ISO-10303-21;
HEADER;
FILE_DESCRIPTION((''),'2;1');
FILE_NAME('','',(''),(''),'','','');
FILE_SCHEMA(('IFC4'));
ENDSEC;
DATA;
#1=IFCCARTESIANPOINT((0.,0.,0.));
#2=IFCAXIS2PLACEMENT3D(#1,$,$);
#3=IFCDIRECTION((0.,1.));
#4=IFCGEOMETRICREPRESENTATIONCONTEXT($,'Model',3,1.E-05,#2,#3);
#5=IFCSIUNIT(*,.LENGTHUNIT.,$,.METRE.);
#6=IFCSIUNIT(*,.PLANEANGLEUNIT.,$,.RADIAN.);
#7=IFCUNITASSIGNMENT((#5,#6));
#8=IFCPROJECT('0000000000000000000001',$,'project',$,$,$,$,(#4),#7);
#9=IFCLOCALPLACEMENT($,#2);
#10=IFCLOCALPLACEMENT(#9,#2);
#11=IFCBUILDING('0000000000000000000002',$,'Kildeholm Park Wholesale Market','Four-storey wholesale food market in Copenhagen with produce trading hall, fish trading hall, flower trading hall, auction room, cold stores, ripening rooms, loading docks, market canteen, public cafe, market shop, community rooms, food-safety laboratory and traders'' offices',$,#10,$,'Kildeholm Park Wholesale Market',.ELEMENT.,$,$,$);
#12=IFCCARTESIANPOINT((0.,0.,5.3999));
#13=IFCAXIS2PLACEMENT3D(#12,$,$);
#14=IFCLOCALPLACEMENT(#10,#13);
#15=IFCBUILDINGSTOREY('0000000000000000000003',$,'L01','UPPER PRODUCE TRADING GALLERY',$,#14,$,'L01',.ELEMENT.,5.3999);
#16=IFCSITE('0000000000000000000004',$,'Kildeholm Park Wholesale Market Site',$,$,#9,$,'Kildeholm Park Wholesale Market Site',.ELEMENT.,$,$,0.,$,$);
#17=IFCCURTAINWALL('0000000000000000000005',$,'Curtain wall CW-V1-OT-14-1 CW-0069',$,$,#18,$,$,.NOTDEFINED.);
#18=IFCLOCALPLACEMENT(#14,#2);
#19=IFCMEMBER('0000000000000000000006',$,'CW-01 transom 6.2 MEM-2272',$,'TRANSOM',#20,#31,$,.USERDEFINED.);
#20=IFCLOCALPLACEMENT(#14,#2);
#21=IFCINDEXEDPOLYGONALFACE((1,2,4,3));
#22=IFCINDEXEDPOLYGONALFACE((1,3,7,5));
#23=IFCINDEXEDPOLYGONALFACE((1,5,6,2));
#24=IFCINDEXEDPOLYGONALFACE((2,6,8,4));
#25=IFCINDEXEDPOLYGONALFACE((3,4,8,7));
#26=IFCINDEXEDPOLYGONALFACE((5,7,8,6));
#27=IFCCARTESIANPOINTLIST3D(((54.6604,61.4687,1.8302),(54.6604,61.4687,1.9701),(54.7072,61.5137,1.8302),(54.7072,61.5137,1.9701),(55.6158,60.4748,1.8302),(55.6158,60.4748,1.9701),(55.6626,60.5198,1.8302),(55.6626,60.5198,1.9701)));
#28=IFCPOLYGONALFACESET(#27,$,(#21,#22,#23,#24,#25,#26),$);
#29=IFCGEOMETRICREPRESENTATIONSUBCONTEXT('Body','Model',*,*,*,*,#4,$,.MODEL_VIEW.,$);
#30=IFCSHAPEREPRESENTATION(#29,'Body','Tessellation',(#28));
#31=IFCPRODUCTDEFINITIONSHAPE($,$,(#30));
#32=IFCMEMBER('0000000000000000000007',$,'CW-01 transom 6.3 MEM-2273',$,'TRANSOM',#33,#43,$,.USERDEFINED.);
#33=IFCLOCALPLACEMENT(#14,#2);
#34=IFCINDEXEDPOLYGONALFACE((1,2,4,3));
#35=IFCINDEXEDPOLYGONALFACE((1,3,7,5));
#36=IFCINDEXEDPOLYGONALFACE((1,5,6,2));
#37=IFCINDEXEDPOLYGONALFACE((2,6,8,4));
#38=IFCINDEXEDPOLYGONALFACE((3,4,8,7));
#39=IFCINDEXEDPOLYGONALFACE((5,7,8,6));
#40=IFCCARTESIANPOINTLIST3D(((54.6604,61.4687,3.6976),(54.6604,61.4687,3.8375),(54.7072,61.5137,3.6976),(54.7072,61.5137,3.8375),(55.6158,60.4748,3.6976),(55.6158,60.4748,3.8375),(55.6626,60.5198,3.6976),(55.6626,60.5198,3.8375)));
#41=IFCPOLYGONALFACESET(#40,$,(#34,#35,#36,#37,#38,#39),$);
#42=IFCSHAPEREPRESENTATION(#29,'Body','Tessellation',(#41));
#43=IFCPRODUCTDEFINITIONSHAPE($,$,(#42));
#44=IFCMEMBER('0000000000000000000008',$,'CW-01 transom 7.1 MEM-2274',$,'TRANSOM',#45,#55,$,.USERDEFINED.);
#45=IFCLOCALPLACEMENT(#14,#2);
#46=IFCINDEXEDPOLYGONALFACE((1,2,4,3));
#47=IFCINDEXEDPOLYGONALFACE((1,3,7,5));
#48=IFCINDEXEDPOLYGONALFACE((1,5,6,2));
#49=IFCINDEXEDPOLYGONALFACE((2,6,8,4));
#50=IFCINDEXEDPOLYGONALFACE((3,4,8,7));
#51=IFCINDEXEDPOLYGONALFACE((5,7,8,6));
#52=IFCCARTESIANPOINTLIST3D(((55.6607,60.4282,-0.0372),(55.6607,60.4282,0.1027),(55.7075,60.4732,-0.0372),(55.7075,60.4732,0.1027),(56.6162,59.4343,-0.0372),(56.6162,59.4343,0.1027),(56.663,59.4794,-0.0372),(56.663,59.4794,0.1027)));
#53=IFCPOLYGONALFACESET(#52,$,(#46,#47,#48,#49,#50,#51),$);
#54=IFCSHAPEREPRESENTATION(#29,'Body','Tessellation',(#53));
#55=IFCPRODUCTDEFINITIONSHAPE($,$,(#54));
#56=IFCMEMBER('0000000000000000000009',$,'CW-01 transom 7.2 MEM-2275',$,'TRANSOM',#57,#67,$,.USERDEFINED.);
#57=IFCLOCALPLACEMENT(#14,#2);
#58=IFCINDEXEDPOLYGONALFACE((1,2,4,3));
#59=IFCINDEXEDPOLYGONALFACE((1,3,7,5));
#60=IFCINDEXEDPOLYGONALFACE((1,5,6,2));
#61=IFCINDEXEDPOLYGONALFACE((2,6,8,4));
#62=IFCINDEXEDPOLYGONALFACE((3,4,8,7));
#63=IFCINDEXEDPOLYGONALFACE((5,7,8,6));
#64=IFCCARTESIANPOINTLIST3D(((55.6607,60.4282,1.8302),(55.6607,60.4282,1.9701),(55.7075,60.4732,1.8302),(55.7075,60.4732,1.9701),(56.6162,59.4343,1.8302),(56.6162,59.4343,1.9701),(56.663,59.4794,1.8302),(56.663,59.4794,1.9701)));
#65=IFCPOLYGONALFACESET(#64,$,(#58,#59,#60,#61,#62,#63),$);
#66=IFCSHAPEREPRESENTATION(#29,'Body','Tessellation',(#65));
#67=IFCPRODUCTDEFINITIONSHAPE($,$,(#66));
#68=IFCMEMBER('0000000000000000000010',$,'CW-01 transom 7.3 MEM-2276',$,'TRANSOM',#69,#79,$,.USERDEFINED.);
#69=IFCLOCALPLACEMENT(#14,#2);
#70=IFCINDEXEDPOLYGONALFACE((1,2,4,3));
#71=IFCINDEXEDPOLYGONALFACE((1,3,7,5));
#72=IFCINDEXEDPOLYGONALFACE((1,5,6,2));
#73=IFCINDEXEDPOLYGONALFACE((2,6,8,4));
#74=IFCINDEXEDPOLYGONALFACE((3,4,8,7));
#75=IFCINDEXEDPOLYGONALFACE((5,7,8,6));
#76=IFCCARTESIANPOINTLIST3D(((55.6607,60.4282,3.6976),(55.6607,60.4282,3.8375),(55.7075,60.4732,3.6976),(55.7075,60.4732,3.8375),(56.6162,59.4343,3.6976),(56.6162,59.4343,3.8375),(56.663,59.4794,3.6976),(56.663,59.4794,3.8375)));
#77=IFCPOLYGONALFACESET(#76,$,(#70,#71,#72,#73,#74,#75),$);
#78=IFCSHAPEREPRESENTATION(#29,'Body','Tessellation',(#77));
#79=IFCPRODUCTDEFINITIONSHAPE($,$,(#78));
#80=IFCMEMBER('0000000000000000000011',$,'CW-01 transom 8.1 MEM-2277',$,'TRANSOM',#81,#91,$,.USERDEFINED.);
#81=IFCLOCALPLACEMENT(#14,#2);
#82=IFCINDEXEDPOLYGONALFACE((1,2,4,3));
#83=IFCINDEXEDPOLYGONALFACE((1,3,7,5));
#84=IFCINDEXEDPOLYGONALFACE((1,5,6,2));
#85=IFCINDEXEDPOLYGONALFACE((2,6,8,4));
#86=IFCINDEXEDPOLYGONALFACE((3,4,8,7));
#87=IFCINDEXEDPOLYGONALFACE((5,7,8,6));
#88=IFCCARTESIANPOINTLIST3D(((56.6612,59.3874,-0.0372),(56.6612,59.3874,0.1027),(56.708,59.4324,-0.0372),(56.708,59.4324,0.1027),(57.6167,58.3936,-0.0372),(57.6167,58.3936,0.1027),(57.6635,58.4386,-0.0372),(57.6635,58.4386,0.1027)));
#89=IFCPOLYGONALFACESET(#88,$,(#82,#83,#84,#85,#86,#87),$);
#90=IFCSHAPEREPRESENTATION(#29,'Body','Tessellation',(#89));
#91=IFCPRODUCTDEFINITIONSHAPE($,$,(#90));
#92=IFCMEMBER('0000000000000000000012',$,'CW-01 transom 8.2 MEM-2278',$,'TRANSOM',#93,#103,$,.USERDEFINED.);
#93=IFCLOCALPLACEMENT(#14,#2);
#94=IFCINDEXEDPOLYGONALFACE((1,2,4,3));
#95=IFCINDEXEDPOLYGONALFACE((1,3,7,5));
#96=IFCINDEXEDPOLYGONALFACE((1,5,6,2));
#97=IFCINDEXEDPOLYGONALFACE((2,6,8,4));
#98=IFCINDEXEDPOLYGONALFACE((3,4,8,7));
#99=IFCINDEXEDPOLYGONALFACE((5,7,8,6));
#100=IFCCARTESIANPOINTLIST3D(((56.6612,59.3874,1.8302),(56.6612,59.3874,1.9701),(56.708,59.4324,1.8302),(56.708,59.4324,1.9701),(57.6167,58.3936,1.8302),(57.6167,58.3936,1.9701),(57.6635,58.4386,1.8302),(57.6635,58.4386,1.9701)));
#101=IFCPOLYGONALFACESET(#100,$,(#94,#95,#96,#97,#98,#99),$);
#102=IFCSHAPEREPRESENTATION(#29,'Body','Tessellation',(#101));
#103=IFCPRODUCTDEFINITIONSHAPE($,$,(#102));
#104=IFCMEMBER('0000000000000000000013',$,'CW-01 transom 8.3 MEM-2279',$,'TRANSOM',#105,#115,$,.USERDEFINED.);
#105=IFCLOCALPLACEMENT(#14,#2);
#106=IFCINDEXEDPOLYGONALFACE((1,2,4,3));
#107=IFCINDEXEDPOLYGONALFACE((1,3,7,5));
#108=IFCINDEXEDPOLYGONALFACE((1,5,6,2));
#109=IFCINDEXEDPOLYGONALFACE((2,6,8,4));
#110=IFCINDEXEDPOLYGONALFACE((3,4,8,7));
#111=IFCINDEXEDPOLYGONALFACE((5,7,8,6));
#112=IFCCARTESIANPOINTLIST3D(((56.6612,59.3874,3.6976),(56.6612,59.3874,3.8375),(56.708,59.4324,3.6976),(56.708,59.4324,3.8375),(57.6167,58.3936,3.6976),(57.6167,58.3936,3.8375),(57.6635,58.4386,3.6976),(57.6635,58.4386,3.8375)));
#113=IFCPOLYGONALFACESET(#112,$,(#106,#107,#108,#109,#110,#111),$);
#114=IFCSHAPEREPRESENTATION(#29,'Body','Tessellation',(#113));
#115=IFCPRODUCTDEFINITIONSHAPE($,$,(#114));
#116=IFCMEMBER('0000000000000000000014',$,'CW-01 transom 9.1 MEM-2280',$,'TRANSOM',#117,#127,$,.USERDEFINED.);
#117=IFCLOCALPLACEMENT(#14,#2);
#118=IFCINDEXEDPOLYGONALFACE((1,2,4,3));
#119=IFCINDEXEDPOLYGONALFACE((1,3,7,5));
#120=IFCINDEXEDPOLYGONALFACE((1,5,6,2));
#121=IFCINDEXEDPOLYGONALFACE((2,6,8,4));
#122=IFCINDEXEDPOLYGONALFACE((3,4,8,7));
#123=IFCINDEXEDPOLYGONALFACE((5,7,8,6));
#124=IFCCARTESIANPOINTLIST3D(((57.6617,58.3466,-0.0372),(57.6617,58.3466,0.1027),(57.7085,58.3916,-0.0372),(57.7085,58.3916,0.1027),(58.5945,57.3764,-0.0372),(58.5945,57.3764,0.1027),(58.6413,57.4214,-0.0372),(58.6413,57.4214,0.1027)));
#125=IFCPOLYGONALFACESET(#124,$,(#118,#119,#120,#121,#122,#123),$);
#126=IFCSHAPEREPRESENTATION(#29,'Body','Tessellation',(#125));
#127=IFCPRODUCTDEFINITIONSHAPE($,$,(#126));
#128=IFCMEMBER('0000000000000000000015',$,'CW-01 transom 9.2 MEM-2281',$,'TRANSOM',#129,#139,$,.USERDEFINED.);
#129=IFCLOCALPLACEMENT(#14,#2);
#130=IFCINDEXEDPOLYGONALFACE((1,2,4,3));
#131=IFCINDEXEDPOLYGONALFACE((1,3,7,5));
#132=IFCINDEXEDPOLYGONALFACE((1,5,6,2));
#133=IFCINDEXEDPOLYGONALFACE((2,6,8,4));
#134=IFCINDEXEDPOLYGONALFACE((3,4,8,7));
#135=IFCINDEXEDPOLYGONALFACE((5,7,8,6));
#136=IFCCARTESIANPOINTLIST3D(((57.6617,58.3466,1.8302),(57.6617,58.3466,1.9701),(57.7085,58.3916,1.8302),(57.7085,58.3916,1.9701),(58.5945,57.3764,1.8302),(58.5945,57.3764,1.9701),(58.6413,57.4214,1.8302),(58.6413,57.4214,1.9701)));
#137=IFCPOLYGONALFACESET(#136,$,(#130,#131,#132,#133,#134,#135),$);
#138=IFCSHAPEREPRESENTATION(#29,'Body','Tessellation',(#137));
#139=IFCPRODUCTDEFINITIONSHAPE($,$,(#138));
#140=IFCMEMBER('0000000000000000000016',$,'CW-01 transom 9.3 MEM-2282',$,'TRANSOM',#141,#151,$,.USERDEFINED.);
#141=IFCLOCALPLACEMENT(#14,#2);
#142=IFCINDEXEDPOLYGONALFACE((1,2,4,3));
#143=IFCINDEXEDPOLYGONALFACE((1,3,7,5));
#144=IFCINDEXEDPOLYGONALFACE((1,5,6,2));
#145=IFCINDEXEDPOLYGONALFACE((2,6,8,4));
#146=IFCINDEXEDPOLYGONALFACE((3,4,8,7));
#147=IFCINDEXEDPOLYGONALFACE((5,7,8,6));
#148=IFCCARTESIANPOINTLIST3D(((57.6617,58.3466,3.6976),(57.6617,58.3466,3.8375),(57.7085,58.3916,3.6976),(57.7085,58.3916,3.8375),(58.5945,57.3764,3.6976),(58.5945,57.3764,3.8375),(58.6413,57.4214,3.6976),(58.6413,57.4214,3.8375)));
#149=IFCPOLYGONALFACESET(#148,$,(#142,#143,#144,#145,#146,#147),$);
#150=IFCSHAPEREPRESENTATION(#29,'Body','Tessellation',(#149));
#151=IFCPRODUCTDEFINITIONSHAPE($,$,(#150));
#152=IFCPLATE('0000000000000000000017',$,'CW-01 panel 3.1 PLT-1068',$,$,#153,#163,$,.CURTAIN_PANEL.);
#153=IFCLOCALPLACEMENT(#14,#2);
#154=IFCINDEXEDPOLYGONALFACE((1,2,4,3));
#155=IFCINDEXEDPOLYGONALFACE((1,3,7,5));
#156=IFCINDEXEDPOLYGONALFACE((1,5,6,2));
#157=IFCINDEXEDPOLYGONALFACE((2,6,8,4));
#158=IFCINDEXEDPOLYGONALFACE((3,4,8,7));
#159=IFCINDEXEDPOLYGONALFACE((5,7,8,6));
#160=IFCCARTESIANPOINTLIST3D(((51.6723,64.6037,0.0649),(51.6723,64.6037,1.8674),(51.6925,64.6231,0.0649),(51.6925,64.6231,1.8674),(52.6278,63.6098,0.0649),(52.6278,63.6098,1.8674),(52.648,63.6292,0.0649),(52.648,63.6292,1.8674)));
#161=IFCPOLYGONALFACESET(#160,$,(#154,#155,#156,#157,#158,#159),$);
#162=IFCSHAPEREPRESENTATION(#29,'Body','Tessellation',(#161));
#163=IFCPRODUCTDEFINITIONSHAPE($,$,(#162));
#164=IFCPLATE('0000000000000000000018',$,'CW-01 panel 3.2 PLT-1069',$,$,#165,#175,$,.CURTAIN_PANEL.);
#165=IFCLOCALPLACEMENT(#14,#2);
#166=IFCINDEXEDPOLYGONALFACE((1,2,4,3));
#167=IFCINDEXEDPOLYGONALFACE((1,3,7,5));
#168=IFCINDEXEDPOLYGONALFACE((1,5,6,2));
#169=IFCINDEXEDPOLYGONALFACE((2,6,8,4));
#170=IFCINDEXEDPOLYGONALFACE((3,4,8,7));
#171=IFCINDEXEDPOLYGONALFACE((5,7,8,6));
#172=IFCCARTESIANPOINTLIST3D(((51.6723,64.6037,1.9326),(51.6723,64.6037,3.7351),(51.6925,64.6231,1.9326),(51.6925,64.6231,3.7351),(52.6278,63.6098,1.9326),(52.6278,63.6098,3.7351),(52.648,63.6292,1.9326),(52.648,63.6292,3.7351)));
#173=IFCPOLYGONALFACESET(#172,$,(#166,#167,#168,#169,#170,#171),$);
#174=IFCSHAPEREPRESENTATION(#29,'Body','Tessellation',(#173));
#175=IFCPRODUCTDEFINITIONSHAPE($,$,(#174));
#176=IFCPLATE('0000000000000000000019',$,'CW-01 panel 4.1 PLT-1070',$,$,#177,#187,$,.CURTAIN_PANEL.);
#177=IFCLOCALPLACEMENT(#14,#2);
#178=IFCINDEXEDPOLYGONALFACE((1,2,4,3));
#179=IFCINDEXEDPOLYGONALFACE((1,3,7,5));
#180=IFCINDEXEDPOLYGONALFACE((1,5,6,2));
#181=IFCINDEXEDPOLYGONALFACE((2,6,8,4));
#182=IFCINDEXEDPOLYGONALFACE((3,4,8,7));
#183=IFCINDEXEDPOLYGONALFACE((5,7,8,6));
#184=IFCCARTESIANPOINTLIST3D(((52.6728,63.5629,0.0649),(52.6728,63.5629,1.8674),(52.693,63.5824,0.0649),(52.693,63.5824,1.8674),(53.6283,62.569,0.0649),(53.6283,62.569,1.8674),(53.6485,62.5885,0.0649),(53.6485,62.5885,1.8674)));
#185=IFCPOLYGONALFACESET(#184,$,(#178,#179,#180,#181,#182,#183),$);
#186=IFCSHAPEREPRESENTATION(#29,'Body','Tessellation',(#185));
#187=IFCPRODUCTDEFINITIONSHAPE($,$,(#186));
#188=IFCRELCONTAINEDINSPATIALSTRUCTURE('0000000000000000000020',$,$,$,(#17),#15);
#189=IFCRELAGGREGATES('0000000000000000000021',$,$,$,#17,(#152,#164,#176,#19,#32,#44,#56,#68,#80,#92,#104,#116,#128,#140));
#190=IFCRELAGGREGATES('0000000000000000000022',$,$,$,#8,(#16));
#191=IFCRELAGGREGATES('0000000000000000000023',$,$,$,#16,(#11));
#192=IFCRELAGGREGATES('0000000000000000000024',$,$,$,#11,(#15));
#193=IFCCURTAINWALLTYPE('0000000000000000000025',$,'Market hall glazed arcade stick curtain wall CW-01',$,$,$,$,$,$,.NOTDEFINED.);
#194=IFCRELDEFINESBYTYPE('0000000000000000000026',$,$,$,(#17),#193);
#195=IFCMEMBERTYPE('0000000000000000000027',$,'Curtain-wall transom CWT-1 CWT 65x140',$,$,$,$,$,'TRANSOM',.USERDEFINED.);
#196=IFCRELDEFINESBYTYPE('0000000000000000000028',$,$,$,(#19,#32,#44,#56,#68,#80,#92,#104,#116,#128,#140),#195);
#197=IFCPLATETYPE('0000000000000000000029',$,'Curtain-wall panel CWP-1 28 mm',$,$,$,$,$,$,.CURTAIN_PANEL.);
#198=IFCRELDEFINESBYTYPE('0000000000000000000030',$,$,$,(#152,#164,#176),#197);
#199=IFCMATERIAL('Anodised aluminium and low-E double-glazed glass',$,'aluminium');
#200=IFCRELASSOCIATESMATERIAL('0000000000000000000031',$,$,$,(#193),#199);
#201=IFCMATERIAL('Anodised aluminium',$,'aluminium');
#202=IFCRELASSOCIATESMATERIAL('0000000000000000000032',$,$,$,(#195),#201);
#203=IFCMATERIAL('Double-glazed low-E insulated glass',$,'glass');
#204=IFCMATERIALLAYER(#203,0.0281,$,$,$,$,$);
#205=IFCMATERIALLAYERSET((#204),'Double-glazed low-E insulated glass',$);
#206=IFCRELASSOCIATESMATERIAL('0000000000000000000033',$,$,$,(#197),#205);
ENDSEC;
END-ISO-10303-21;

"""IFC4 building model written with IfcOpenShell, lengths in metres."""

from ifc_helpers import new_model, si_unit, direction, frame, origin, origin_2d, place, context, subcontext, project, spatial, rectangle, extrude, material, layer, layer_set, material_profile, profile_set, type_object, element, aggregate, save


model = new_model("IFC4")

# Units and contexts
model_context = context("Model", 3, precision=1e-05, world=origin(), true_north=direction((0.0, 1.0)))
body_context = subcontext(model_context, "Body", "Model", "MODEL_VIEW")
ifc_project = project(units=[si_unit("LENGTHUNIT", "METRE"), si_unit("PLANEANGLEUNIT", "RADIAN")], contexts=[model_context])

# Site, building, storey
site_placement = place(None, origin())
site = spatial("IfcSite", under=ifc_project, at=site_placement, Name="Kildeholm Park Wholesale Market Site", LongName="Kildeholm Park Wholesale Market Site", CompositionType="ELEMENT", RefElevation=0.0)
building_placement = place(site_placement, origin())
building = spatial("IfcBuilding", under=site, at=building_placement, Name="Kildeholm Park Wholesale Market", Description="Four-storey wholesale food market in Copenhagen with produce trading hall, fish trading hall, flower trading hall, auction room, cold stores, ripening rooms, loading docks, market canteen, public cafe, market shop, community rooms, food-safety laboratory and traders' offices", LongName="Kildeholm Park Wholesale Market", CompositionType="ELEMENT")
storey_placement = place(building_placement, frame((0.0, 0.0, 5.3999)))
storey = spatial("IfcBuildingStorey", under=building, at=storey_placement, Name="L01", Description="UPPER PRODUCE TRADING GALLERY", LongName="L01", CompositionType="ELEMENT", Elevation=5.3999)

# Curtain wall, members, plates
ifc_material_1 = material(Name="Anodised aluminium and low-E double-glazed glass", Category="aluminium")
curtain_wall_type = type_object("IfcCurtainWallType", Name="Market hall glazed arcade stick curtain wall CW-01", PredefinedType="NOTDEFINED", material=ifc_material_1)
curtain_wall_placement = place(storey_placement, origin())
curtain_wall = element("IfcCurtainWall", 1, at=curtain_wall_placement, inside=storey, type_object=curtain_wall_type, Name="Curtain wall CW-V1-OT-14-1 CW-0069", PredefinedType="NOTDEFINED")
ifc_material_2 = material(Name="Anodised aluminium", Category="aluminium")
ifc_material_profile_1 = material_profile(ifc_material_2, rectangle(XDim=0.0649, YDim=0.1399, at=origin_2d()), Name="CWT 65x140")
ifc_profile_set_1 = profile_set([ifc_material_profile_1], Name="Anodised aluminium")
member_type_1 = type_object("IfcMemberType", Name="Curtain-wall transom CWT-1 CWT 65x140", ElementType="TRANSOM", PredefinedType="USERDEFINED", material=ifc_profile_set_1)
member_1_placement = place(storey_placement, frame((54.6838, 61.4912, 1.9001), z_axis=(0.692978, -0.720959, 0.0), x_axis=(0.720959, 0.692978, 0.0)))
member_1 = element("IfcMember", 2, at=member_1_placement, type_object=member_type_1, Name="CW-01 transom 6.2 MEM-2272", ObjectType="TRANSOM", PredefinedType="USERDEFINED", context=body_context, shape_type="SweptSolid", body=[
    extrude(rectangle(XDim=0.0649, YDim=0.1399, at=origin_2d()), origin(), (0.0, 0.0, 1.0), 1.3787),
])
member_2_placement = place(storey_placement, frame((54.6838, 61.4912, 3.7676), z_axis=(0.692978, -0.720959, 0.0), x_axis=(0.720959, 0.692978, 0.0)))
member_2 = element("IfcMember", 3, at=member_2_placement, type_object=member_type_1, Name="CW-01 transom 6.3 MEM-2273", ObjectType="TRANSOM", PredefinedType="USERDEFINED", context=body_context, shape_type="SweptSolid", body=[
    extrude(rectangle(XDim=0.0649, YDim=0.1399, at=origin_2d()), origin(), (0.0, 0.0, 1.0), 1.3787),
])
member_3_placement = place(storey_placement, frame((55.6841, 60.4507, 0.0327), z_axis=(0.69307, -0.72087, 0.0), x_axis=(0.72087, 0.69307, 0.0)))
member_3 = element("IfcMember", 4, at=member_3_placement, type_object=member_type_1, Name="CW-01 transom 7.1 MEM-2274", ObjectType="TRANSOM", PredefinedType="USERDEFINED", context=body_context, shape_type="SweptSolid", body=[
    extrude(rectangle(XDim=0.0649, YDim=0.1399, at=origin_2d()), origin(), (0.0, 0.0, 1.0), 1.3787),
])
member_4_placement = place(storey_placement, frame((55.6841, 60.4507, 1.9001), z_axis=(0.69307, -0.72087, 0.0), x_axis=(0.72087, 0.69307, 0.0)))
member_4 = element("IfcMember", 5, at=member_4_placement, type_object=member_type_1, Name="CW-01 transom 7.2 MEM-2275", ObjectType="TRANSOM", PredefinedType="USERDEFINED", context=body_context, shape_type="SweptSolid", body=[
    extrude(rectangle(XDim=0.0649, YDim=0.1399, at=origin_2d()), origin(), (0.0, 0.0, 1.0), 1.3787),
])
member_5_placement = place(storey_placement, frame((55.6841, 60.4507, 3.7676), z_axis=(0.69307, -0.72087, 0.0), x_axis=(0.72087, 0.69307, 0.0)))
member_5 = element("IfcMember", 6, at=member_5_placement, type_object=member_type_1, Name="CW-01 transom 7.3 MEM-2276", ObjectType="TRANSOM", PredefinedType="USERDEFINED", context=body_context, shape_type="SweptSolid", body=[
    extrude(rectangle(XDim=0.0649, YDim=0.1399, at=origin_2d()), origin(), (0.0, 0.0, 1.0), 1.3787),
])
member_6_placement = place(storey_placement, frame((56.6846, 59.4099, 0.0327), z_axis=(0.69307, -0.72087, 0.0), x_axis=(0.72087, 0.69307, 0.0)))
member_6 = element("IfcMember", 7, at=member_6_placement, type_object=member_type_1, Name="CW-01 transom 8.1 MEM-2277", ObjectType="TRANSOM", PredefinedType="USERDEFINED", context=body_context, shape_type="SweptSolid", body=[
    extrude(rectangle(XDim=0.0649, YDim=0.1399, at=origin_2d()), origin(), (0.0, 0.0, 1.0), 1.3787),
])
member_7_placement = place(storey_placement, frame((56.6846, 59.4099, 1.9001), z_axis=(0.69307, -0.72087, 0.0), x_axis=(0.72087, 0.69307, 0.0)))
member_7 = element("IfcMember", 8, at=member_7_placement, type_object=member_type_1, Name="CW-01 transom 8.2 MEM-2278", ObjectType="TRANSOM", PredefinedType="USERDEFINED", context=body_context, shape_type="SweptSolid", body=[
    extrude(rectangle(XDim=0.0649, YDim=0.1399, at=origin_2d()), origin(), (0.0, 0.0, 1.0), 1.3787),
])
member_8_placement = place(storey_placement, frame((56.6846, 59.4099, 3.7676), z_axis=(0.69307, -0.72087, 0.0), x_axis=(0.72087, 0.69307, 0.0)))
member_8 = element("IfcMember", 9, at=member_8_placement, type_object=member_type_1, Name="CW-01 transom 8.3 MEM-2279", ObjectType="TRANSOM", PredefinedType="USERDEFINED", context=body_context, shape_type="SweptSolid", body=[
    extrude(rectangle(XDim=0.0649, YDim=0.1399, at=origin_2d()), origin(), (0.0, 0.0, 1.0), 1.3787),
])
member_9_placement = place(storey_placement, frame((57.6851, 58.3691, 0.0327), z_axis=(0.693094, -0.720847, 0.0), x_axis=(0.720847, 0.693094, 0.0)))
member_9 = element("IfcMember", 10, at=member_9_placement, type_object=member_type_1, Name="CW-01 transom 9.1 MEM-2280", ObjectType="TRANSOM", PredefinedType="USERDEFINED", context=body_context, shape_type="SweptSolid", body=[
    extrude(rectangle(XDim=0.0649, YDim=0.1399, at=origin_2d()), origin(), (0.0, 0.0, 1.0), 1.3459),
])
member_10_placement = place(storey_placement, frame((57.6851, 58.3691, 1.9001), z_axis=(0.693094, -0.720847, 0.0), x_axis=(0.720847, 0.693094, 0.0)))
member_10 = element("IfcMember", 11, at=member_10_placement, type_object=member_type_1, Name="CW-01 transom 9.2 MEM-2281", ObjectType="TRANSOM", PredefinedType="USERDEFINED", context=body_context, shape_type="SweptSolid", body=[
    extrude(rectangle(XDim=0.0649, YDim=0.1399, at=origin_2d()), origin(), (0.0, 0.0, 1.0), 1.3459),
])
member_11_placement = place(storey_placement, frame((57.6851, 58.3691, 3.7676), z_axis=(0.693094, -0.720847, 0.0), x_axis=(0.720847, 0.693094, 0.0)))
member_11 = element("IfcMember", 12, at=member_11_placement, type_object=member_type_1, Name="CW-01 transom 9.3 MEM-2282", ObjectType="TRANSOM", PredefinedType="USERDEFINED", context=body_context, shape_type="SweptSolid", body=[
    extrude(rectangle(XDim=0.0649, YDim=0.1399, at=origin_2d()), origin(), (0.0, 0.0, 1.0), 1.3459),
])
ifc_material_3 = material(Name="Double-glazed low-E insulated glass", Category="glass")
ifc_layer = layer(ifc_material_3, 0.0281)
ifc_layer_set = layer_set([ifc_layer], Name="Double-glazed low-E insulated glass")
plate_type = type_object("IfcPlateType", Name="Curtain-wall panel CWP-1 28 mm", PredefinedType="CURTAIN_PANEL", material=ifc_layer_set)
plate_1_placement = place(storey_placement, frame((52.1602, 64.1165, 0.0649), z_axis=(0.0, 0.0, 1.0), x_axis=(0.693038, -0.720901, 0.0)))
plate_1 = element("IfcPlate", 13, at=plate_1_placement, type_object=plate_type, Name="CW-01 panel 3.1 PLT-1068", PredefinedType="CURTAIN_PANEL", context=body_context, shape_type="SweptSolid", body=[
    extrude(rectangle(XDim=1.3787, YDim=0.0281, at=origin_2d()), origin(), (0.0, 0.0, 1.0), 1.8025),
])
plate_2_placement = place(storey_placement, frame((52.1602, 64.1165, 1.9326), z_axis=(0.0, 0.0, 1.0), x_axis=(0.693038, -0.720901, 0.0)))
plate_2 = element("IfcPlate", 14, at=plate_2_placement, type_object=plate_type, Name="CW-01 panel 3.2 PLT-1069", PredefinedType="CURTAIN_PANEL", context=body_context, shape_type="SweptSolid", body=[
    extrude(rectangle(XDim=1.3787, YDim=0.0281, at=origin_2d()), origin(), (0.0, 0.0, 1.0), 1.8025),
])
plate_3_placement = place(storey_placement, frame((53.1606, 63.0757, 0.0649), z_axis=(0.0, 0.0, 1.0), x_axis=(0.693038, -0.720901, 0.0)))
plate_3 = element("IfcPlate", 15, at=plate_3_placement, type_object=plate_type, Name="CW-01 panel 4.1 PLT-1070", PredefinedType="CURTAIN_PANEL", context=body_context, shape_type="SweptSolid", body=[
    extrude(rectangle(XDim=1.3787, YDim=0.0281, at=origin_2d()), origin(), (0.0, 0.0, 1.0), 1.8025),
])
aggregate(curtain_wall, [plate_1, plate_2, plate_3, member_1, member_2, member_3, member_4, member_5, member_6, member_7, member_8, member_9, member_10, member_11])

save(model, "model.ifc")
